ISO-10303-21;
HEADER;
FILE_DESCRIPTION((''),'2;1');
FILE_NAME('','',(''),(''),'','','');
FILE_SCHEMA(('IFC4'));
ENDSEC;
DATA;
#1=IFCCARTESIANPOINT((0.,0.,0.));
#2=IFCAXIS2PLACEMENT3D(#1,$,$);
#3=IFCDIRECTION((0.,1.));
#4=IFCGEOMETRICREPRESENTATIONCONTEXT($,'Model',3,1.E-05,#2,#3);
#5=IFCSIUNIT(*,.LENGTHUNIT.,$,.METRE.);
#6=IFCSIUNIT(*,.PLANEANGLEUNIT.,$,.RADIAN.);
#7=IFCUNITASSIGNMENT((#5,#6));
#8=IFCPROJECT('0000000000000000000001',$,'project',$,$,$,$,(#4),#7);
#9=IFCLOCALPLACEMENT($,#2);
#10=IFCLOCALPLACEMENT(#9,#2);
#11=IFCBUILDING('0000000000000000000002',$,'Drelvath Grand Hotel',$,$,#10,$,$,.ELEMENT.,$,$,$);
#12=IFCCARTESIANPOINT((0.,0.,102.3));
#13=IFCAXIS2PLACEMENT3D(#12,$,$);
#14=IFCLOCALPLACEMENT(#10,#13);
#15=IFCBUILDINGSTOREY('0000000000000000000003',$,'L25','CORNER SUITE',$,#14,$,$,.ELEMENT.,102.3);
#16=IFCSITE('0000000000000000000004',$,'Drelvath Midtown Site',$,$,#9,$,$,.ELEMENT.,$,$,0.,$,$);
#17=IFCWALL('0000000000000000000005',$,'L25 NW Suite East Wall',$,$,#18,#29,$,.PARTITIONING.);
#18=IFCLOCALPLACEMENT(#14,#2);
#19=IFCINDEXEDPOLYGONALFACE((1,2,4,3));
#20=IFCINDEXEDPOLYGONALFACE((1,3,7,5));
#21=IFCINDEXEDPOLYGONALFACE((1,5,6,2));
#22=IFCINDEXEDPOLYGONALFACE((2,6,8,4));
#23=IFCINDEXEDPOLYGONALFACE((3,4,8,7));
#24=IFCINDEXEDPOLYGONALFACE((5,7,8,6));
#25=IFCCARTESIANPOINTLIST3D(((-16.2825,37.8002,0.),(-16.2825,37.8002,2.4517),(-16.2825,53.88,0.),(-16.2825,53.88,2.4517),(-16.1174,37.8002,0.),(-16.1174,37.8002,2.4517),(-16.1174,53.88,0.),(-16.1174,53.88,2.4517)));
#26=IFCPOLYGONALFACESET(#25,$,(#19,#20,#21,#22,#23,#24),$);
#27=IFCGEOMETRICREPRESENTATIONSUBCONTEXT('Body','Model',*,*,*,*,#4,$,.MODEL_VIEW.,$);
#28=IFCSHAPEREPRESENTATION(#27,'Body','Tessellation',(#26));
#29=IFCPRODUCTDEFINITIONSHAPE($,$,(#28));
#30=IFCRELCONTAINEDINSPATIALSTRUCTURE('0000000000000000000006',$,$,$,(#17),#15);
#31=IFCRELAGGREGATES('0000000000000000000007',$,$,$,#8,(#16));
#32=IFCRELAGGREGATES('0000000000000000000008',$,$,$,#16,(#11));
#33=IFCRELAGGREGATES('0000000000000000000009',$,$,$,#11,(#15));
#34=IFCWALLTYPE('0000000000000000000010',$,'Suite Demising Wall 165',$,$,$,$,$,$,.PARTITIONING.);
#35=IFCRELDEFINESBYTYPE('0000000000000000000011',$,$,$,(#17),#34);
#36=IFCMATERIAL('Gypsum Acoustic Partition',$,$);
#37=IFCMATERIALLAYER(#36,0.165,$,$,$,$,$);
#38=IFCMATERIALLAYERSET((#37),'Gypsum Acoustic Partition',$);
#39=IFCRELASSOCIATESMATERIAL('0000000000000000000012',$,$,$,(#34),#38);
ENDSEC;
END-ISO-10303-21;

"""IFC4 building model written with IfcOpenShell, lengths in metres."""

from ifc_helpers import new_model, si_unit, direction, frame, frame_2d, origin, place, context, subcontext, project, spatial, rectangle, extrude, material, layer, layer_set, type_object, element, save


model = new_model("IFC4")

# Units and contexts
model_context = context("Model", 3, precision=1e-05, world=origin(), true_north=direction((0.0, 1.0)))
body_context = subcontext(model_context, "Body", "Model", "MODEL_VIEW")
ifc_project = project(units=[si_unit("LENGTHUNIT", "METRE"), si_unit("PLANEANGLEUNIT", "RADIAN")], contexts=[model_context])

# Site, building, storey
site_placement = place(None, origin())
site = spatial("IfcSite", under=ifc_project, at=site_placement, Name="Drelvath Midtown Site", CompositionType="ELEMENT", RefElevation=0.0)
building_placement = place(site_placement, origin())
building = spatial("IfcBuilding", under=site, at=building_placement, Name="Drelvath Grand Hotel", CompositionType="ELEMENT")
storey_placement = place(building_placement, frame((0.0, 0.0, 102.3)))
storey = spatial("IfcBuildingStorey", under=building, at=storey_placement, Name="L25", Description="CORNER SUITE", CompositionType="ELEMENT", Elevation=102.3)

# Wall
ifc_material_1 = material(Name="Gypsum Acoustic Partition")
ifc_layer_1 = layer(ifc_material_1, 0.165)
ifc_layer_set_1 = layer_set([ifc_layer_1], Name="Gypsum Acoustic Partition")
wall_type_1 = type_object("IfcWallType", Name="Suite Demising Wall 165", PredefinedType="PARTITIONING", material=ifc_layer_set_1)
wall_1_placement = place(storey_placement, frame((-16.2, 37.8, 0.0), z_axis=(0.0, 0.0, 1.0), x_axis=(0.0, 1.0, 0.0)))
element("IfcWall", 1, at=wall_1_placement, inside=storey, type_object=wall_type_1, Name="L25 NW Suite East Wall", PredefinedType="PARTITIONING", context=body_context, shape_type="SweptSolid", body=[
    extrude(rectangle(XDim=16.0798, YDim=0.165, at=frame_2d((8.04, 0.0))), origin(), (0.0, 0.0, 1.0), 2.4517),
])

save(model, "model.ifc")
